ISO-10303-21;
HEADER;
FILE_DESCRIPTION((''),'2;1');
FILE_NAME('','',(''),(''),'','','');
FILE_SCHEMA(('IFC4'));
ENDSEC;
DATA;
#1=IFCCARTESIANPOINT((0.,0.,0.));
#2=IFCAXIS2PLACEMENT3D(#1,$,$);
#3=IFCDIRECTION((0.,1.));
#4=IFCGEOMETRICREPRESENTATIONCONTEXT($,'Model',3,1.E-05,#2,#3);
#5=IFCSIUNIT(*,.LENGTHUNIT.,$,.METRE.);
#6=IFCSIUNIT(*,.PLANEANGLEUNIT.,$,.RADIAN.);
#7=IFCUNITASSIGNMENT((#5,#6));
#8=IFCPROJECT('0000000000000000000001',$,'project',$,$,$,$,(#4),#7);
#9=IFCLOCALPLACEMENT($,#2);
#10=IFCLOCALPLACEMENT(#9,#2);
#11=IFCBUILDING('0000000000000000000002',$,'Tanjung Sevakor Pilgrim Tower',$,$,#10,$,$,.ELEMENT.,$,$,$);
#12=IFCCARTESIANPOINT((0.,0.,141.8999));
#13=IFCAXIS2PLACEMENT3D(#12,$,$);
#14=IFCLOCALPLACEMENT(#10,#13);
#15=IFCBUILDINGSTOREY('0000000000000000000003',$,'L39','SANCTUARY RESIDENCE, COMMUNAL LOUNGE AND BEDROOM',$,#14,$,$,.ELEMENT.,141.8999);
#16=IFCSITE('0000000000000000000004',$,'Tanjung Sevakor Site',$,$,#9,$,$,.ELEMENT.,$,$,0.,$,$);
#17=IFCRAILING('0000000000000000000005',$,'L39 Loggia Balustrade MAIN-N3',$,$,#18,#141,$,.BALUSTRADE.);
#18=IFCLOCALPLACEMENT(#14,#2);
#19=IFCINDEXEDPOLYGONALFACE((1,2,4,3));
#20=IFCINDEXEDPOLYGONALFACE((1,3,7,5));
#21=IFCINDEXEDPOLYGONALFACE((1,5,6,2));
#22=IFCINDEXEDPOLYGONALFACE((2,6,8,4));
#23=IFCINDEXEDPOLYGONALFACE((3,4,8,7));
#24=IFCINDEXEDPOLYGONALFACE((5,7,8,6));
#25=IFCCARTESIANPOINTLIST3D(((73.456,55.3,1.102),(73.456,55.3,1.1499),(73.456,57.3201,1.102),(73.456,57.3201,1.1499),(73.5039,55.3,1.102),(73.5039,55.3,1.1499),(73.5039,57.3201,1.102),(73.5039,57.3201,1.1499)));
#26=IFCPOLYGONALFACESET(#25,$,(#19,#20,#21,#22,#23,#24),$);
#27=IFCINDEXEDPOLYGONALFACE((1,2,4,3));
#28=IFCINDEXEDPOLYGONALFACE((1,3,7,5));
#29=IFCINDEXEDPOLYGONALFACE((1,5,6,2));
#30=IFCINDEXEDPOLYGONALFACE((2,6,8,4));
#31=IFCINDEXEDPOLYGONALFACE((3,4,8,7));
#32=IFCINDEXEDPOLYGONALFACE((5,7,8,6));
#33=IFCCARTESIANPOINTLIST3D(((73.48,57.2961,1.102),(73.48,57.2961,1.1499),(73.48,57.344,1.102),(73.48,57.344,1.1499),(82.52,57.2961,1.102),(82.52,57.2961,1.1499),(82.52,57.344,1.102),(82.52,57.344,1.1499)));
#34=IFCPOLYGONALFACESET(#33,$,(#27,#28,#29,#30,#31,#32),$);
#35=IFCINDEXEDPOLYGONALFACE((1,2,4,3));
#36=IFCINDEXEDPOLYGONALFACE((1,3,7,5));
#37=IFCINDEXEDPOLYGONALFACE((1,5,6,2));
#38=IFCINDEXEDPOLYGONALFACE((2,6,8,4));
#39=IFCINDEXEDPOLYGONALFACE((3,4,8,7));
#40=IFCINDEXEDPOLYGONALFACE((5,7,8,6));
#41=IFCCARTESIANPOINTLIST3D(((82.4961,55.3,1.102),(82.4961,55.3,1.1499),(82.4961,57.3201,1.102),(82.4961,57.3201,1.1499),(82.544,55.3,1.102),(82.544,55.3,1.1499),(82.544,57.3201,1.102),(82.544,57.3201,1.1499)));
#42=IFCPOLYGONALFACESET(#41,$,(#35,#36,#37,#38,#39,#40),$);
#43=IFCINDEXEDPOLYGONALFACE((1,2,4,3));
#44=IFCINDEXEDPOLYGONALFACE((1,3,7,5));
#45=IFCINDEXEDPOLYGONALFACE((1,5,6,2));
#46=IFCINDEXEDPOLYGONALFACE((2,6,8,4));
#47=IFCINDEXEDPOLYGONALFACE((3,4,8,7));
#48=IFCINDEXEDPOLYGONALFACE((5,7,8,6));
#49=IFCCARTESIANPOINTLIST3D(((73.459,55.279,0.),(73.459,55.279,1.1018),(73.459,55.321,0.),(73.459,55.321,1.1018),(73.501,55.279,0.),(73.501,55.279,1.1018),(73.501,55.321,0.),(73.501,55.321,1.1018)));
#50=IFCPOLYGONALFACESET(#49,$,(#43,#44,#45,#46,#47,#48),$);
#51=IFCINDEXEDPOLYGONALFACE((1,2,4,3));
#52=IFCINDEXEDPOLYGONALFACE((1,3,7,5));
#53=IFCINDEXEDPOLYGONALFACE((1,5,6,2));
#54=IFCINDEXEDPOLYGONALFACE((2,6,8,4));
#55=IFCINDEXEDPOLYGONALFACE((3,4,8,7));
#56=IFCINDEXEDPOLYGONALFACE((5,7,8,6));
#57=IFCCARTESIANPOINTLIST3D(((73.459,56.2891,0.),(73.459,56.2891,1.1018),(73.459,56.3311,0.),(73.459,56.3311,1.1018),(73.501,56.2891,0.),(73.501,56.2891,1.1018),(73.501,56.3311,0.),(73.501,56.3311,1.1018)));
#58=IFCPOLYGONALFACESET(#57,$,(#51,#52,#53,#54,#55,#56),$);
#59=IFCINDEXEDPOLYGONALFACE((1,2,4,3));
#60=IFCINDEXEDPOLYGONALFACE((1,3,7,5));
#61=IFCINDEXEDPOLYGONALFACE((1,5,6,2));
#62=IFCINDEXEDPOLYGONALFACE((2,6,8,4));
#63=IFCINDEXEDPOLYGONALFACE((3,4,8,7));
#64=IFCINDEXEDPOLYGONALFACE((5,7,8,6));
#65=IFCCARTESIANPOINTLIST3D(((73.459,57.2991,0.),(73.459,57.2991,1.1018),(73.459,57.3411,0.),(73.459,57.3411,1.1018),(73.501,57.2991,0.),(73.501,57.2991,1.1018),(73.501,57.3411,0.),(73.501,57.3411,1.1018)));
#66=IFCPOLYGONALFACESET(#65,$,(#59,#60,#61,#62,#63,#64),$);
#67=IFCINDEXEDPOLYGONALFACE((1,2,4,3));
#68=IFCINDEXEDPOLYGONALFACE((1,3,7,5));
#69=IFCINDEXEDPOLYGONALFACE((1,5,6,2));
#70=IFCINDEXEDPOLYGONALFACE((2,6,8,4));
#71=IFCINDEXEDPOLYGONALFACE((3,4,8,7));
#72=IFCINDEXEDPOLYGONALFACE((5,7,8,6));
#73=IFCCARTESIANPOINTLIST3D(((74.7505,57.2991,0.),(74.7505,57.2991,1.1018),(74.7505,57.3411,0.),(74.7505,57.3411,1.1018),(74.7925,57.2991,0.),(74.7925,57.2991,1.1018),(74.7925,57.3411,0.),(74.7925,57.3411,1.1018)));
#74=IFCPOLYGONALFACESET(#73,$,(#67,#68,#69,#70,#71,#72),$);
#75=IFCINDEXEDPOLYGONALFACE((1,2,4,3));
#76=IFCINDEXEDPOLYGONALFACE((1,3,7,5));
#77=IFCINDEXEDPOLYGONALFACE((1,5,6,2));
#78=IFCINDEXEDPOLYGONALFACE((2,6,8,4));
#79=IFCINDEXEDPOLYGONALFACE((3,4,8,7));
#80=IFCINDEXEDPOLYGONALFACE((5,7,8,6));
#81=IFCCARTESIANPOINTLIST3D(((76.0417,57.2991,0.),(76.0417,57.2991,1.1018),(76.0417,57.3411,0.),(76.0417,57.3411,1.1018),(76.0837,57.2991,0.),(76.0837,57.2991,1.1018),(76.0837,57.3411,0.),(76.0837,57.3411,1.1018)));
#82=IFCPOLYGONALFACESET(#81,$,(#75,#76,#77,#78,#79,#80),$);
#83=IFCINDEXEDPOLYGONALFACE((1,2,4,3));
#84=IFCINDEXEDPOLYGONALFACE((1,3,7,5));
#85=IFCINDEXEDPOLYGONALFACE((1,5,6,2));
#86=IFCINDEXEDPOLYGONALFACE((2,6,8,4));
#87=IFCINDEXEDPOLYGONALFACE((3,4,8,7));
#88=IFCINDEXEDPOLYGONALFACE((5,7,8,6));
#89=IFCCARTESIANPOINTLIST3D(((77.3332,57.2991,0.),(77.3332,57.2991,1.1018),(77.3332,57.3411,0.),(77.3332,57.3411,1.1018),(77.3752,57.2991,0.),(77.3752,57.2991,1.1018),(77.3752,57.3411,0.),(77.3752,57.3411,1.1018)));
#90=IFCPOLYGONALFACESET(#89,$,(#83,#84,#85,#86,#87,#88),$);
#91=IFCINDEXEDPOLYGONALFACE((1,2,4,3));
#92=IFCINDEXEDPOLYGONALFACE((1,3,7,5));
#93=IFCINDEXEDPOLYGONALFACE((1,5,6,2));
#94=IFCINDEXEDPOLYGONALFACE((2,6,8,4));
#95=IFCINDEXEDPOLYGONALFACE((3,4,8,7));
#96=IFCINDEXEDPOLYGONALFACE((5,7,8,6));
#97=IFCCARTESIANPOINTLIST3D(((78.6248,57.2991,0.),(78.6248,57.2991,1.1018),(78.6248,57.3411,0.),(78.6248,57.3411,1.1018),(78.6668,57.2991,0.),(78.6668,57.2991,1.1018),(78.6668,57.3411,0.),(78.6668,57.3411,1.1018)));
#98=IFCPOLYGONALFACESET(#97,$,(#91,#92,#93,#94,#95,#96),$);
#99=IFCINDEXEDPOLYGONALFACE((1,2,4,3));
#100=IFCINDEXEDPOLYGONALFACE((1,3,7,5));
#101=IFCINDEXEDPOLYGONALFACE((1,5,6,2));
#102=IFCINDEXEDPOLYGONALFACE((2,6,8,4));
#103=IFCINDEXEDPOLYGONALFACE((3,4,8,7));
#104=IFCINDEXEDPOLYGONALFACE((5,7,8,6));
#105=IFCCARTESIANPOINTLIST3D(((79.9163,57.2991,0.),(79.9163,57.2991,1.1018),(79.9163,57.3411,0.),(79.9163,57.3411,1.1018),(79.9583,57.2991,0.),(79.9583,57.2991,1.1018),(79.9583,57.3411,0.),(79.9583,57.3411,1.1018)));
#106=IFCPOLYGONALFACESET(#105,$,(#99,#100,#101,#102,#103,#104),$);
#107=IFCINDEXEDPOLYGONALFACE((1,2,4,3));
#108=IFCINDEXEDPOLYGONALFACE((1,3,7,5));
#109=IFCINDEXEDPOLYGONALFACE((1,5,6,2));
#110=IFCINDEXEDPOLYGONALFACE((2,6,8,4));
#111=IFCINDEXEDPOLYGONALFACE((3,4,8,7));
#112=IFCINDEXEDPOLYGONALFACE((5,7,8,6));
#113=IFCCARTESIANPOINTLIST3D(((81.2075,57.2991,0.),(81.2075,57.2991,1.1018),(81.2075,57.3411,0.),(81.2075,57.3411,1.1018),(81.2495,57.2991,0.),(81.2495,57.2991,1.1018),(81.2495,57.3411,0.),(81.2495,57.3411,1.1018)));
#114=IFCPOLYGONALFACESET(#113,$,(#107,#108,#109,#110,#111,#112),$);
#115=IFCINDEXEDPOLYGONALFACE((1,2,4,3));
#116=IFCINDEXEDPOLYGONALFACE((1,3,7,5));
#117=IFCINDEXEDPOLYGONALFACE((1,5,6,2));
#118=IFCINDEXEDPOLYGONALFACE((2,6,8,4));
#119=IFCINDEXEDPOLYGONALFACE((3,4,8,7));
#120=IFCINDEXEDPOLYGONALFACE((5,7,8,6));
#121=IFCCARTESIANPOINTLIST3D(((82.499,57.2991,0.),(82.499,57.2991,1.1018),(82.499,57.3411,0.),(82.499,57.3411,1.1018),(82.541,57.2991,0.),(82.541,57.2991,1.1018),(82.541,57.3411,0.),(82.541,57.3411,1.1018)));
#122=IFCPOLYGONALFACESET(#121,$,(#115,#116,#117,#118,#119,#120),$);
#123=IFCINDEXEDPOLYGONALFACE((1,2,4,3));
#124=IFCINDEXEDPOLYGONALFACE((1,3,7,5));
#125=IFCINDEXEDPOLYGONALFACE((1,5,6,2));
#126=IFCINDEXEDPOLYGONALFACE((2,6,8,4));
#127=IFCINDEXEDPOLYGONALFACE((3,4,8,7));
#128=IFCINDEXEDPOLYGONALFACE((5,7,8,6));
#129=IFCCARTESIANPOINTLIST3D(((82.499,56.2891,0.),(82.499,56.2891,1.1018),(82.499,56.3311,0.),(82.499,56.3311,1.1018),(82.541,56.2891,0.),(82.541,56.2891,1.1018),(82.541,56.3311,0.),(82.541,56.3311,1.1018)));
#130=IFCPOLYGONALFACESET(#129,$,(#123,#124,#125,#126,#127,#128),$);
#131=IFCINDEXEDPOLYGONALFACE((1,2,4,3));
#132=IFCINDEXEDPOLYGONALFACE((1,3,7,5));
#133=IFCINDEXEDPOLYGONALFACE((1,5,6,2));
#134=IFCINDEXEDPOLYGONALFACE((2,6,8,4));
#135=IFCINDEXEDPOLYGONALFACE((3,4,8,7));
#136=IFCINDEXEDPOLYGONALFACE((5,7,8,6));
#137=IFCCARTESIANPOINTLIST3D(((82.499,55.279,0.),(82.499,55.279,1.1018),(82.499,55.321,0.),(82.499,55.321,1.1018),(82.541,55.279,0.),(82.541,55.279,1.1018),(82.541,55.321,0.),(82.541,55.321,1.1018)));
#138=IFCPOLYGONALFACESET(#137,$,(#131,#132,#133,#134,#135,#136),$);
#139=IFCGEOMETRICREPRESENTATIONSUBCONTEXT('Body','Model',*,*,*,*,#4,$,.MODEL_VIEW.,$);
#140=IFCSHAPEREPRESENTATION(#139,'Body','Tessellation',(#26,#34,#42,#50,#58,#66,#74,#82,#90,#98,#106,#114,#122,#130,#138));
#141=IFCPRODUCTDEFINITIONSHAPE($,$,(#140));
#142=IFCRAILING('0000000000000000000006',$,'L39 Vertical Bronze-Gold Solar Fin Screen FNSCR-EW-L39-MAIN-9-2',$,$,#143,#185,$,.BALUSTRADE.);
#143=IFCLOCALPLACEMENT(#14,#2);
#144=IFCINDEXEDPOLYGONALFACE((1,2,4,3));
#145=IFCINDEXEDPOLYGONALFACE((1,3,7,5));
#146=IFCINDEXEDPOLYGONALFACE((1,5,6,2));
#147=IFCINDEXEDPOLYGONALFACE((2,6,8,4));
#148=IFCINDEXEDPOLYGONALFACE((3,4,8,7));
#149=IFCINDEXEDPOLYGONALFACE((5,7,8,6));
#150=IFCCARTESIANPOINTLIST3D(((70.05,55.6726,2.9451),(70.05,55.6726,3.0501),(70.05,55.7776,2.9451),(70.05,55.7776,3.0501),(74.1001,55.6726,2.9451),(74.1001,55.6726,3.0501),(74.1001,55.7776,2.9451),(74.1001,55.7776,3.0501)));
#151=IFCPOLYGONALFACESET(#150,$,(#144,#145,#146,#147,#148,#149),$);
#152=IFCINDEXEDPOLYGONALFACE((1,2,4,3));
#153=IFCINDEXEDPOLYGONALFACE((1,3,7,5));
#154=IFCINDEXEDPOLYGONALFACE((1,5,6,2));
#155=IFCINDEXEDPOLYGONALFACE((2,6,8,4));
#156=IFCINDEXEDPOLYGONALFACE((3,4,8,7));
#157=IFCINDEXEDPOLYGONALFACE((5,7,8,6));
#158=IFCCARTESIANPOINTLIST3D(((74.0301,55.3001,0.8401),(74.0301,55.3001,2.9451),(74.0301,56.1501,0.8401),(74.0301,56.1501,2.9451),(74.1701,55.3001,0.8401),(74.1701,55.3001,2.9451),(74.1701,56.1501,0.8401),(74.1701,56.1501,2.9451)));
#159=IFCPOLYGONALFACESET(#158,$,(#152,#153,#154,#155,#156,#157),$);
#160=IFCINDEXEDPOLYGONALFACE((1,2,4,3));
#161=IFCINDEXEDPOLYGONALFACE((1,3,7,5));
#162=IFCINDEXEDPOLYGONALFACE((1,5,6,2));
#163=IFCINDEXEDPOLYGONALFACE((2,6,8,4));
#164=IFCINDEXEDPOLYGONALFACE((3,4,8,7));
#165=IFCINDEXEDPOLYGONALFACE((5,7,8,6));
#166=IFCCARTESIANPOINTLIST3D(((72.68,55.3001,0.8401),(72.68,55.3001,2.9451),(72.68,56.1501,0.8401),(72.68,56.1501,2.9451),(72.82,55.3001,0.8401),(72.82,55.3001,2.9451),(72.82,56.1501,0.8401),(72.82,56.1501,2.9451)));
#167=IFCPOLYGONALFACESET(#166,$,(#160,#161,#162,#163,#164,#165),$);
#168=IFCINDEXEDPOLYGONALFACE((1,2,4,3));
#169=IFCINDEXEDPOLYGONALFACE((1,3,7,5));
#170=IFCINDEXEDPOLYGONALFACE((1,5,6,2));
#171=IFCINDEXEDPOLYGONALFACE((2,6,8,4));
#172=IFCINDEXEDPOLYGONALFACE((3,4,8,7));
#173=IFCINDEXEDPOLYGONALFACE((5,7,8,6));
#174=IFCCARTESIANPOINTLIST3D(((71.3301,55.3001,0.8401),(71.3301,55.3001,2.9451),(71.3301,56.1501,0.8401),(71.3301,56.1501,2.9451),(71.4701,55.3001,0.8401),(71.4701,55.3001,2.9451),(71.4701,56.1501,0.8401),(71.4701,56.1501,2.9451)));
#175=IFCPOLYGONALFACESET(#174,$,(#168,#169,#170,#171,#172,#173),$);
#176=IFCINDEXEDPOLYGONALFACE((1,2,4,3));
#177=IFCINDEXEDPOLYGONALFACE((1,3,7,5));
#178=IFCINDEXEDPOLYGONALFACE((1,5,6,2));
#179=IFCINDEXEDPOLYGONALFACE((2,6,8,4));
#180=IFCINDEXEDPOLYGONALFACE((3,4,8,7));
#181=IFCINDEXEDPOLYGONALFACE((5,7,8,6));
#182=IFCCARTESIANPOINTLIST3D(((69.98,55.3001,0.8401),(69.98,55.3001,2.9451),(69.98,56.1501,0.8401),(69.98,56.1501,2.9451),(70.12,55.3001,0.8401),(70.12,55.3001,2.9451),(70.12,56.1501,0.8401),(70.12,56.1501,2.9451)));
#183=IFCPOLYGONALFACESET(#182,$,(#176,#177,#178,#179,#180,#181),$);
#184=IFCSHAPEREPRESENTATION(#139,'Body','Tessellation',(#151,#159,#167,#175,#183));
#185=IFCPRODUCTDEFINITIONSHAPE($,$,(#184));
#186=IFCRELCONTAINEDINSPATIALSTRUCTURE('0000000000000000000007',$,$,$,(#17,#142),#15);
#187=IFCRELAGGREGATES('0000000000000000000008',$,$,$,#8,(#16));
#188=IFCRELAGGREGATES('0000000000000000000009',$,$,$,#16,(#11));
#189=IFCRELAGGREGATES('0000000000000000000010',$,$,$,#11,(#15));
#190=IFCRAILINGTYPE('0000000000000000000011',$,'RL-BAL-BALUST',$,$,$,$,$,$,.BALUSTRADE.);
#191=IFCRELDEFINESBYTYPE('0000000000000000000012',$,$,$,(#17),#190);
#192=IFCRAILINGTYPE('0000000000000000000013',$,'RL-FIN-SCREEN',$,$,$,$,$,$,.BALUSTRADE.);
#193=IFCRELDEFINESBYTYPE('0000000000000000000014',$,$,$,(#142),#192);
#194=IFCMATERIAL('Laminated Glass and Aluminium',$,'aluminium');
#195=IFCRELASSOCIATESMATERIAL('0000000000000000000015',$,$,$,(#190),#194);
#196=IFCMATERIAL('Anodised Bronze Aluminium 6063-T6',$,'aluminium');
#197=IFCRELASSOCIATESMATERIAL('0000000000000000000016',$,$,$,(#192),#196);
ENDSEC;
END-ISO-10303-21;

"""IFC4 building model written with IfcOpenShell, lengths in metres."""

from ifc_helpers import new_model, si_unit, direction, frame, origin, place, context, subcontext, project, spatial, rectangle, extrude, material, type_object, element, save


model = new_model("IFC4")

# Units and contexts
model_context = context("Model", 3, precision=1e-05, world=origin(), true_north=direction((0.0, 1.0)))
body_context = subcontext(model_context, "Body", "Model", "MODEL_VIEW")
ifc_project = project(units=[si_unit("LENGTHUNIT", "METRE"), si_unit("PLANEANGLEUNIT", "RADIAN")], contexts=[model_context])

# Site, building, storey
site_placement = place(None, origin())
site = spatial("IfcSite", under=ifc_project, at=site_placement, Name="Tanjung Sevakor Site", CompositionType="ELEMENT", RefElevation=0.0)
building_placement = place(site_placement, origin())
building = spatial("IfcBuilding", under=site, at=building_placement, Name="Tanjung Sevakor Pilgrim Tower", CompositionType="ELEMENT")
storey_placement = place(building_placement, frame((0.0, 0.0, 141.8999)))
storey = spatial("IfcBuildingStorey", under=building, at=storey_placement, Name="L39", Description="SANCTUARY RESIDENCE, COMMUNAL LOUNGE AND BEDROOM", CompositionType="ELEMENT", Elevation=141.8999)

# Railings
ifc_material_1 = material(Name="Laminated Glass and Aluminium", Category="aluminium")
railing_type_1 = type_object("IfcRailingType", Name="RL-BAL-BALUST", PredefinedType="BALUSTRADE", material=ifc_material_1)
railing_1_placement = place(storey_placement, frame((73.48, 55.3, 0.0)))
element("IfcRailing", 1, at=railing_1_placement, inside=storey, type_object=railing_type_1, Name="L39 Loggia Balustrade MAIN-N3", PredefinedType="BALUSTRADE", context=body_context, shape_type="SweptSolid", body=[
    extrude(rectangle(XDim=0.0479, YDim=0.0479), frame((0.0, 0.0, 1.126), z_axis=(0.0, 1.0, 0.0), x_axis=(-1.0, 0.0, 0.0)), (0.0, 0.0, 1.0), 2.02),
    extrude(rectangle(XDim=0.0479, YDim=0.0479), frame((0.0, 2.02, 1.126), z_axis=(1.0, 0.0, 0.0), x_axis=(0.0, 1.0, 0.0)), (0.0, 0.0, 1.0), 9.04),
    extrude(rectangle(XDim=0.0479, YDim=0.0479), frame((9.04, 2.02, 1.126), z_axis=(0.0, -1.0, 0.0), x_axis=(1.0, 0.0, 0.0)), (0.0, 0.0, 1.0), 2.02),
    extrude(rectangle(XDim=0.042, YDim=0.042), origin(), (0.0, 0.0, 1.0), 1.1018),
    extrude(rectangle(XDim=0.042, YDim=0.042), frame((0.0, 1.01, 0.0)), (0.0, 0.0, 1.0), 1.1018),
    extrude(rectangle(XDim=0.042, YDim=0.042), frame((0.0, 2.02, 0.0)), (0.0, 0.0, 1.0), 1.1018),
    extrude(rectangle(XDim=0.042, YDim=0.042), frame((1.2915, 2.02, 0.0)), (0.0, 0.0, 1.0), 1.1018),
    extrude(rectangle(XDim=0.042, YDim=0.042), frame((2.5828, 2.02, 0.0)), (0.0, 0.0, 1.0), 1.1018),
    extrude(rectangle(XDim=0.042, YDim=0.042), frame((3.8743, 2.02, 0.0)), (0.0, 0.0, 1.0), 1.1018),
    extrude(rectangle(XDim=0.042, YDim=0.042), frame((5.1658, 2.02, 0.0)), (0.0, 0.0, 1.0), 1.1018),
    extrude(rectangle(XDim=0.042, YDim=0.042), frame((6.4573, 2.02, 0.0)), (0.0, 0.0, 1.0), 1.1018),
    extrude(rectangle(XDim=0.042, YDim=0.042), frame((7.7485, 2.02, 0.0)), (0.0, 0.0, 1.0), 1.1018),
    extrude(rectangle(XDim=0.042, YDim=0.042), frame((9.04, 2.02, 0.0)), (0.0, 0.0, 1.0), 1.1018),
    extrude(rectangle(XDim=0.042, YDim=0.042), frame((9.04, 1.01, 0.0)), (0.0, 0.0, 1.0), 1.1018),
    extrude(rectangle(XDim=0.042, YDim=0.042), frame((9.04, 0.0, 0.0)), (0.0, 0.0, 1.0), 1.1018),
])
ifc_material_2 = material(Name="Anodised Bronze Aluminium 6063-T6", Category="aluminium")
railing_type_2 = type_object("IfcRailingType", Name="RL-FIN-SCREEN", PredefinedType="BALUSTRADE", material=ifc_material_2)
railing_2_placement = place(storey_placement, frame((74.1001, 55.7251, 0.8401)))
element("IfcRailing", 2, at=railing_2_placement, inside=storey, type_object=railing_type_2, Name="L39 Vertical Bronze-Gold Solar Fin Screen FNSCR-EW-L39-MAIN-9-2", PredefinedType="BALUSTRADE", context=body_context, shape_type="SweptSolid", body=[
    extrude(rectangle(XDim=0.105, YDim=0.105), frame((0.0, 0.0, 2.1575), z_axis=(-1.0, 0.0, 0.0), x_axis=(0.0, -1.0, 0.0)), (0.0, 0.0, 1.0), 4.05),
    extrude(rectangle(XDim=0.14, YDim=0.85), origin(), (0.0, 0.0, 1.0), 2.105),
    extrude(rectangle(XDim=0.14, YDim=0.85), frame((-1.3501, 0.0, 0.0)), (0.0, 0.0, 1.0), 2.105),
    extrude(rectangle(XDim=0.14, YDim=0.85), frame((-2.7, 0.0, 0.0)), (0.0, 0.0, 1.0), 2.105),
    extrude(rectangle(XDim=0.14, YDim=0.85), frame((-4.05, 0.0, 0.0)), (0.0, 0.0, 1.0), 2.105),
])

save(model, "model.ifc")
